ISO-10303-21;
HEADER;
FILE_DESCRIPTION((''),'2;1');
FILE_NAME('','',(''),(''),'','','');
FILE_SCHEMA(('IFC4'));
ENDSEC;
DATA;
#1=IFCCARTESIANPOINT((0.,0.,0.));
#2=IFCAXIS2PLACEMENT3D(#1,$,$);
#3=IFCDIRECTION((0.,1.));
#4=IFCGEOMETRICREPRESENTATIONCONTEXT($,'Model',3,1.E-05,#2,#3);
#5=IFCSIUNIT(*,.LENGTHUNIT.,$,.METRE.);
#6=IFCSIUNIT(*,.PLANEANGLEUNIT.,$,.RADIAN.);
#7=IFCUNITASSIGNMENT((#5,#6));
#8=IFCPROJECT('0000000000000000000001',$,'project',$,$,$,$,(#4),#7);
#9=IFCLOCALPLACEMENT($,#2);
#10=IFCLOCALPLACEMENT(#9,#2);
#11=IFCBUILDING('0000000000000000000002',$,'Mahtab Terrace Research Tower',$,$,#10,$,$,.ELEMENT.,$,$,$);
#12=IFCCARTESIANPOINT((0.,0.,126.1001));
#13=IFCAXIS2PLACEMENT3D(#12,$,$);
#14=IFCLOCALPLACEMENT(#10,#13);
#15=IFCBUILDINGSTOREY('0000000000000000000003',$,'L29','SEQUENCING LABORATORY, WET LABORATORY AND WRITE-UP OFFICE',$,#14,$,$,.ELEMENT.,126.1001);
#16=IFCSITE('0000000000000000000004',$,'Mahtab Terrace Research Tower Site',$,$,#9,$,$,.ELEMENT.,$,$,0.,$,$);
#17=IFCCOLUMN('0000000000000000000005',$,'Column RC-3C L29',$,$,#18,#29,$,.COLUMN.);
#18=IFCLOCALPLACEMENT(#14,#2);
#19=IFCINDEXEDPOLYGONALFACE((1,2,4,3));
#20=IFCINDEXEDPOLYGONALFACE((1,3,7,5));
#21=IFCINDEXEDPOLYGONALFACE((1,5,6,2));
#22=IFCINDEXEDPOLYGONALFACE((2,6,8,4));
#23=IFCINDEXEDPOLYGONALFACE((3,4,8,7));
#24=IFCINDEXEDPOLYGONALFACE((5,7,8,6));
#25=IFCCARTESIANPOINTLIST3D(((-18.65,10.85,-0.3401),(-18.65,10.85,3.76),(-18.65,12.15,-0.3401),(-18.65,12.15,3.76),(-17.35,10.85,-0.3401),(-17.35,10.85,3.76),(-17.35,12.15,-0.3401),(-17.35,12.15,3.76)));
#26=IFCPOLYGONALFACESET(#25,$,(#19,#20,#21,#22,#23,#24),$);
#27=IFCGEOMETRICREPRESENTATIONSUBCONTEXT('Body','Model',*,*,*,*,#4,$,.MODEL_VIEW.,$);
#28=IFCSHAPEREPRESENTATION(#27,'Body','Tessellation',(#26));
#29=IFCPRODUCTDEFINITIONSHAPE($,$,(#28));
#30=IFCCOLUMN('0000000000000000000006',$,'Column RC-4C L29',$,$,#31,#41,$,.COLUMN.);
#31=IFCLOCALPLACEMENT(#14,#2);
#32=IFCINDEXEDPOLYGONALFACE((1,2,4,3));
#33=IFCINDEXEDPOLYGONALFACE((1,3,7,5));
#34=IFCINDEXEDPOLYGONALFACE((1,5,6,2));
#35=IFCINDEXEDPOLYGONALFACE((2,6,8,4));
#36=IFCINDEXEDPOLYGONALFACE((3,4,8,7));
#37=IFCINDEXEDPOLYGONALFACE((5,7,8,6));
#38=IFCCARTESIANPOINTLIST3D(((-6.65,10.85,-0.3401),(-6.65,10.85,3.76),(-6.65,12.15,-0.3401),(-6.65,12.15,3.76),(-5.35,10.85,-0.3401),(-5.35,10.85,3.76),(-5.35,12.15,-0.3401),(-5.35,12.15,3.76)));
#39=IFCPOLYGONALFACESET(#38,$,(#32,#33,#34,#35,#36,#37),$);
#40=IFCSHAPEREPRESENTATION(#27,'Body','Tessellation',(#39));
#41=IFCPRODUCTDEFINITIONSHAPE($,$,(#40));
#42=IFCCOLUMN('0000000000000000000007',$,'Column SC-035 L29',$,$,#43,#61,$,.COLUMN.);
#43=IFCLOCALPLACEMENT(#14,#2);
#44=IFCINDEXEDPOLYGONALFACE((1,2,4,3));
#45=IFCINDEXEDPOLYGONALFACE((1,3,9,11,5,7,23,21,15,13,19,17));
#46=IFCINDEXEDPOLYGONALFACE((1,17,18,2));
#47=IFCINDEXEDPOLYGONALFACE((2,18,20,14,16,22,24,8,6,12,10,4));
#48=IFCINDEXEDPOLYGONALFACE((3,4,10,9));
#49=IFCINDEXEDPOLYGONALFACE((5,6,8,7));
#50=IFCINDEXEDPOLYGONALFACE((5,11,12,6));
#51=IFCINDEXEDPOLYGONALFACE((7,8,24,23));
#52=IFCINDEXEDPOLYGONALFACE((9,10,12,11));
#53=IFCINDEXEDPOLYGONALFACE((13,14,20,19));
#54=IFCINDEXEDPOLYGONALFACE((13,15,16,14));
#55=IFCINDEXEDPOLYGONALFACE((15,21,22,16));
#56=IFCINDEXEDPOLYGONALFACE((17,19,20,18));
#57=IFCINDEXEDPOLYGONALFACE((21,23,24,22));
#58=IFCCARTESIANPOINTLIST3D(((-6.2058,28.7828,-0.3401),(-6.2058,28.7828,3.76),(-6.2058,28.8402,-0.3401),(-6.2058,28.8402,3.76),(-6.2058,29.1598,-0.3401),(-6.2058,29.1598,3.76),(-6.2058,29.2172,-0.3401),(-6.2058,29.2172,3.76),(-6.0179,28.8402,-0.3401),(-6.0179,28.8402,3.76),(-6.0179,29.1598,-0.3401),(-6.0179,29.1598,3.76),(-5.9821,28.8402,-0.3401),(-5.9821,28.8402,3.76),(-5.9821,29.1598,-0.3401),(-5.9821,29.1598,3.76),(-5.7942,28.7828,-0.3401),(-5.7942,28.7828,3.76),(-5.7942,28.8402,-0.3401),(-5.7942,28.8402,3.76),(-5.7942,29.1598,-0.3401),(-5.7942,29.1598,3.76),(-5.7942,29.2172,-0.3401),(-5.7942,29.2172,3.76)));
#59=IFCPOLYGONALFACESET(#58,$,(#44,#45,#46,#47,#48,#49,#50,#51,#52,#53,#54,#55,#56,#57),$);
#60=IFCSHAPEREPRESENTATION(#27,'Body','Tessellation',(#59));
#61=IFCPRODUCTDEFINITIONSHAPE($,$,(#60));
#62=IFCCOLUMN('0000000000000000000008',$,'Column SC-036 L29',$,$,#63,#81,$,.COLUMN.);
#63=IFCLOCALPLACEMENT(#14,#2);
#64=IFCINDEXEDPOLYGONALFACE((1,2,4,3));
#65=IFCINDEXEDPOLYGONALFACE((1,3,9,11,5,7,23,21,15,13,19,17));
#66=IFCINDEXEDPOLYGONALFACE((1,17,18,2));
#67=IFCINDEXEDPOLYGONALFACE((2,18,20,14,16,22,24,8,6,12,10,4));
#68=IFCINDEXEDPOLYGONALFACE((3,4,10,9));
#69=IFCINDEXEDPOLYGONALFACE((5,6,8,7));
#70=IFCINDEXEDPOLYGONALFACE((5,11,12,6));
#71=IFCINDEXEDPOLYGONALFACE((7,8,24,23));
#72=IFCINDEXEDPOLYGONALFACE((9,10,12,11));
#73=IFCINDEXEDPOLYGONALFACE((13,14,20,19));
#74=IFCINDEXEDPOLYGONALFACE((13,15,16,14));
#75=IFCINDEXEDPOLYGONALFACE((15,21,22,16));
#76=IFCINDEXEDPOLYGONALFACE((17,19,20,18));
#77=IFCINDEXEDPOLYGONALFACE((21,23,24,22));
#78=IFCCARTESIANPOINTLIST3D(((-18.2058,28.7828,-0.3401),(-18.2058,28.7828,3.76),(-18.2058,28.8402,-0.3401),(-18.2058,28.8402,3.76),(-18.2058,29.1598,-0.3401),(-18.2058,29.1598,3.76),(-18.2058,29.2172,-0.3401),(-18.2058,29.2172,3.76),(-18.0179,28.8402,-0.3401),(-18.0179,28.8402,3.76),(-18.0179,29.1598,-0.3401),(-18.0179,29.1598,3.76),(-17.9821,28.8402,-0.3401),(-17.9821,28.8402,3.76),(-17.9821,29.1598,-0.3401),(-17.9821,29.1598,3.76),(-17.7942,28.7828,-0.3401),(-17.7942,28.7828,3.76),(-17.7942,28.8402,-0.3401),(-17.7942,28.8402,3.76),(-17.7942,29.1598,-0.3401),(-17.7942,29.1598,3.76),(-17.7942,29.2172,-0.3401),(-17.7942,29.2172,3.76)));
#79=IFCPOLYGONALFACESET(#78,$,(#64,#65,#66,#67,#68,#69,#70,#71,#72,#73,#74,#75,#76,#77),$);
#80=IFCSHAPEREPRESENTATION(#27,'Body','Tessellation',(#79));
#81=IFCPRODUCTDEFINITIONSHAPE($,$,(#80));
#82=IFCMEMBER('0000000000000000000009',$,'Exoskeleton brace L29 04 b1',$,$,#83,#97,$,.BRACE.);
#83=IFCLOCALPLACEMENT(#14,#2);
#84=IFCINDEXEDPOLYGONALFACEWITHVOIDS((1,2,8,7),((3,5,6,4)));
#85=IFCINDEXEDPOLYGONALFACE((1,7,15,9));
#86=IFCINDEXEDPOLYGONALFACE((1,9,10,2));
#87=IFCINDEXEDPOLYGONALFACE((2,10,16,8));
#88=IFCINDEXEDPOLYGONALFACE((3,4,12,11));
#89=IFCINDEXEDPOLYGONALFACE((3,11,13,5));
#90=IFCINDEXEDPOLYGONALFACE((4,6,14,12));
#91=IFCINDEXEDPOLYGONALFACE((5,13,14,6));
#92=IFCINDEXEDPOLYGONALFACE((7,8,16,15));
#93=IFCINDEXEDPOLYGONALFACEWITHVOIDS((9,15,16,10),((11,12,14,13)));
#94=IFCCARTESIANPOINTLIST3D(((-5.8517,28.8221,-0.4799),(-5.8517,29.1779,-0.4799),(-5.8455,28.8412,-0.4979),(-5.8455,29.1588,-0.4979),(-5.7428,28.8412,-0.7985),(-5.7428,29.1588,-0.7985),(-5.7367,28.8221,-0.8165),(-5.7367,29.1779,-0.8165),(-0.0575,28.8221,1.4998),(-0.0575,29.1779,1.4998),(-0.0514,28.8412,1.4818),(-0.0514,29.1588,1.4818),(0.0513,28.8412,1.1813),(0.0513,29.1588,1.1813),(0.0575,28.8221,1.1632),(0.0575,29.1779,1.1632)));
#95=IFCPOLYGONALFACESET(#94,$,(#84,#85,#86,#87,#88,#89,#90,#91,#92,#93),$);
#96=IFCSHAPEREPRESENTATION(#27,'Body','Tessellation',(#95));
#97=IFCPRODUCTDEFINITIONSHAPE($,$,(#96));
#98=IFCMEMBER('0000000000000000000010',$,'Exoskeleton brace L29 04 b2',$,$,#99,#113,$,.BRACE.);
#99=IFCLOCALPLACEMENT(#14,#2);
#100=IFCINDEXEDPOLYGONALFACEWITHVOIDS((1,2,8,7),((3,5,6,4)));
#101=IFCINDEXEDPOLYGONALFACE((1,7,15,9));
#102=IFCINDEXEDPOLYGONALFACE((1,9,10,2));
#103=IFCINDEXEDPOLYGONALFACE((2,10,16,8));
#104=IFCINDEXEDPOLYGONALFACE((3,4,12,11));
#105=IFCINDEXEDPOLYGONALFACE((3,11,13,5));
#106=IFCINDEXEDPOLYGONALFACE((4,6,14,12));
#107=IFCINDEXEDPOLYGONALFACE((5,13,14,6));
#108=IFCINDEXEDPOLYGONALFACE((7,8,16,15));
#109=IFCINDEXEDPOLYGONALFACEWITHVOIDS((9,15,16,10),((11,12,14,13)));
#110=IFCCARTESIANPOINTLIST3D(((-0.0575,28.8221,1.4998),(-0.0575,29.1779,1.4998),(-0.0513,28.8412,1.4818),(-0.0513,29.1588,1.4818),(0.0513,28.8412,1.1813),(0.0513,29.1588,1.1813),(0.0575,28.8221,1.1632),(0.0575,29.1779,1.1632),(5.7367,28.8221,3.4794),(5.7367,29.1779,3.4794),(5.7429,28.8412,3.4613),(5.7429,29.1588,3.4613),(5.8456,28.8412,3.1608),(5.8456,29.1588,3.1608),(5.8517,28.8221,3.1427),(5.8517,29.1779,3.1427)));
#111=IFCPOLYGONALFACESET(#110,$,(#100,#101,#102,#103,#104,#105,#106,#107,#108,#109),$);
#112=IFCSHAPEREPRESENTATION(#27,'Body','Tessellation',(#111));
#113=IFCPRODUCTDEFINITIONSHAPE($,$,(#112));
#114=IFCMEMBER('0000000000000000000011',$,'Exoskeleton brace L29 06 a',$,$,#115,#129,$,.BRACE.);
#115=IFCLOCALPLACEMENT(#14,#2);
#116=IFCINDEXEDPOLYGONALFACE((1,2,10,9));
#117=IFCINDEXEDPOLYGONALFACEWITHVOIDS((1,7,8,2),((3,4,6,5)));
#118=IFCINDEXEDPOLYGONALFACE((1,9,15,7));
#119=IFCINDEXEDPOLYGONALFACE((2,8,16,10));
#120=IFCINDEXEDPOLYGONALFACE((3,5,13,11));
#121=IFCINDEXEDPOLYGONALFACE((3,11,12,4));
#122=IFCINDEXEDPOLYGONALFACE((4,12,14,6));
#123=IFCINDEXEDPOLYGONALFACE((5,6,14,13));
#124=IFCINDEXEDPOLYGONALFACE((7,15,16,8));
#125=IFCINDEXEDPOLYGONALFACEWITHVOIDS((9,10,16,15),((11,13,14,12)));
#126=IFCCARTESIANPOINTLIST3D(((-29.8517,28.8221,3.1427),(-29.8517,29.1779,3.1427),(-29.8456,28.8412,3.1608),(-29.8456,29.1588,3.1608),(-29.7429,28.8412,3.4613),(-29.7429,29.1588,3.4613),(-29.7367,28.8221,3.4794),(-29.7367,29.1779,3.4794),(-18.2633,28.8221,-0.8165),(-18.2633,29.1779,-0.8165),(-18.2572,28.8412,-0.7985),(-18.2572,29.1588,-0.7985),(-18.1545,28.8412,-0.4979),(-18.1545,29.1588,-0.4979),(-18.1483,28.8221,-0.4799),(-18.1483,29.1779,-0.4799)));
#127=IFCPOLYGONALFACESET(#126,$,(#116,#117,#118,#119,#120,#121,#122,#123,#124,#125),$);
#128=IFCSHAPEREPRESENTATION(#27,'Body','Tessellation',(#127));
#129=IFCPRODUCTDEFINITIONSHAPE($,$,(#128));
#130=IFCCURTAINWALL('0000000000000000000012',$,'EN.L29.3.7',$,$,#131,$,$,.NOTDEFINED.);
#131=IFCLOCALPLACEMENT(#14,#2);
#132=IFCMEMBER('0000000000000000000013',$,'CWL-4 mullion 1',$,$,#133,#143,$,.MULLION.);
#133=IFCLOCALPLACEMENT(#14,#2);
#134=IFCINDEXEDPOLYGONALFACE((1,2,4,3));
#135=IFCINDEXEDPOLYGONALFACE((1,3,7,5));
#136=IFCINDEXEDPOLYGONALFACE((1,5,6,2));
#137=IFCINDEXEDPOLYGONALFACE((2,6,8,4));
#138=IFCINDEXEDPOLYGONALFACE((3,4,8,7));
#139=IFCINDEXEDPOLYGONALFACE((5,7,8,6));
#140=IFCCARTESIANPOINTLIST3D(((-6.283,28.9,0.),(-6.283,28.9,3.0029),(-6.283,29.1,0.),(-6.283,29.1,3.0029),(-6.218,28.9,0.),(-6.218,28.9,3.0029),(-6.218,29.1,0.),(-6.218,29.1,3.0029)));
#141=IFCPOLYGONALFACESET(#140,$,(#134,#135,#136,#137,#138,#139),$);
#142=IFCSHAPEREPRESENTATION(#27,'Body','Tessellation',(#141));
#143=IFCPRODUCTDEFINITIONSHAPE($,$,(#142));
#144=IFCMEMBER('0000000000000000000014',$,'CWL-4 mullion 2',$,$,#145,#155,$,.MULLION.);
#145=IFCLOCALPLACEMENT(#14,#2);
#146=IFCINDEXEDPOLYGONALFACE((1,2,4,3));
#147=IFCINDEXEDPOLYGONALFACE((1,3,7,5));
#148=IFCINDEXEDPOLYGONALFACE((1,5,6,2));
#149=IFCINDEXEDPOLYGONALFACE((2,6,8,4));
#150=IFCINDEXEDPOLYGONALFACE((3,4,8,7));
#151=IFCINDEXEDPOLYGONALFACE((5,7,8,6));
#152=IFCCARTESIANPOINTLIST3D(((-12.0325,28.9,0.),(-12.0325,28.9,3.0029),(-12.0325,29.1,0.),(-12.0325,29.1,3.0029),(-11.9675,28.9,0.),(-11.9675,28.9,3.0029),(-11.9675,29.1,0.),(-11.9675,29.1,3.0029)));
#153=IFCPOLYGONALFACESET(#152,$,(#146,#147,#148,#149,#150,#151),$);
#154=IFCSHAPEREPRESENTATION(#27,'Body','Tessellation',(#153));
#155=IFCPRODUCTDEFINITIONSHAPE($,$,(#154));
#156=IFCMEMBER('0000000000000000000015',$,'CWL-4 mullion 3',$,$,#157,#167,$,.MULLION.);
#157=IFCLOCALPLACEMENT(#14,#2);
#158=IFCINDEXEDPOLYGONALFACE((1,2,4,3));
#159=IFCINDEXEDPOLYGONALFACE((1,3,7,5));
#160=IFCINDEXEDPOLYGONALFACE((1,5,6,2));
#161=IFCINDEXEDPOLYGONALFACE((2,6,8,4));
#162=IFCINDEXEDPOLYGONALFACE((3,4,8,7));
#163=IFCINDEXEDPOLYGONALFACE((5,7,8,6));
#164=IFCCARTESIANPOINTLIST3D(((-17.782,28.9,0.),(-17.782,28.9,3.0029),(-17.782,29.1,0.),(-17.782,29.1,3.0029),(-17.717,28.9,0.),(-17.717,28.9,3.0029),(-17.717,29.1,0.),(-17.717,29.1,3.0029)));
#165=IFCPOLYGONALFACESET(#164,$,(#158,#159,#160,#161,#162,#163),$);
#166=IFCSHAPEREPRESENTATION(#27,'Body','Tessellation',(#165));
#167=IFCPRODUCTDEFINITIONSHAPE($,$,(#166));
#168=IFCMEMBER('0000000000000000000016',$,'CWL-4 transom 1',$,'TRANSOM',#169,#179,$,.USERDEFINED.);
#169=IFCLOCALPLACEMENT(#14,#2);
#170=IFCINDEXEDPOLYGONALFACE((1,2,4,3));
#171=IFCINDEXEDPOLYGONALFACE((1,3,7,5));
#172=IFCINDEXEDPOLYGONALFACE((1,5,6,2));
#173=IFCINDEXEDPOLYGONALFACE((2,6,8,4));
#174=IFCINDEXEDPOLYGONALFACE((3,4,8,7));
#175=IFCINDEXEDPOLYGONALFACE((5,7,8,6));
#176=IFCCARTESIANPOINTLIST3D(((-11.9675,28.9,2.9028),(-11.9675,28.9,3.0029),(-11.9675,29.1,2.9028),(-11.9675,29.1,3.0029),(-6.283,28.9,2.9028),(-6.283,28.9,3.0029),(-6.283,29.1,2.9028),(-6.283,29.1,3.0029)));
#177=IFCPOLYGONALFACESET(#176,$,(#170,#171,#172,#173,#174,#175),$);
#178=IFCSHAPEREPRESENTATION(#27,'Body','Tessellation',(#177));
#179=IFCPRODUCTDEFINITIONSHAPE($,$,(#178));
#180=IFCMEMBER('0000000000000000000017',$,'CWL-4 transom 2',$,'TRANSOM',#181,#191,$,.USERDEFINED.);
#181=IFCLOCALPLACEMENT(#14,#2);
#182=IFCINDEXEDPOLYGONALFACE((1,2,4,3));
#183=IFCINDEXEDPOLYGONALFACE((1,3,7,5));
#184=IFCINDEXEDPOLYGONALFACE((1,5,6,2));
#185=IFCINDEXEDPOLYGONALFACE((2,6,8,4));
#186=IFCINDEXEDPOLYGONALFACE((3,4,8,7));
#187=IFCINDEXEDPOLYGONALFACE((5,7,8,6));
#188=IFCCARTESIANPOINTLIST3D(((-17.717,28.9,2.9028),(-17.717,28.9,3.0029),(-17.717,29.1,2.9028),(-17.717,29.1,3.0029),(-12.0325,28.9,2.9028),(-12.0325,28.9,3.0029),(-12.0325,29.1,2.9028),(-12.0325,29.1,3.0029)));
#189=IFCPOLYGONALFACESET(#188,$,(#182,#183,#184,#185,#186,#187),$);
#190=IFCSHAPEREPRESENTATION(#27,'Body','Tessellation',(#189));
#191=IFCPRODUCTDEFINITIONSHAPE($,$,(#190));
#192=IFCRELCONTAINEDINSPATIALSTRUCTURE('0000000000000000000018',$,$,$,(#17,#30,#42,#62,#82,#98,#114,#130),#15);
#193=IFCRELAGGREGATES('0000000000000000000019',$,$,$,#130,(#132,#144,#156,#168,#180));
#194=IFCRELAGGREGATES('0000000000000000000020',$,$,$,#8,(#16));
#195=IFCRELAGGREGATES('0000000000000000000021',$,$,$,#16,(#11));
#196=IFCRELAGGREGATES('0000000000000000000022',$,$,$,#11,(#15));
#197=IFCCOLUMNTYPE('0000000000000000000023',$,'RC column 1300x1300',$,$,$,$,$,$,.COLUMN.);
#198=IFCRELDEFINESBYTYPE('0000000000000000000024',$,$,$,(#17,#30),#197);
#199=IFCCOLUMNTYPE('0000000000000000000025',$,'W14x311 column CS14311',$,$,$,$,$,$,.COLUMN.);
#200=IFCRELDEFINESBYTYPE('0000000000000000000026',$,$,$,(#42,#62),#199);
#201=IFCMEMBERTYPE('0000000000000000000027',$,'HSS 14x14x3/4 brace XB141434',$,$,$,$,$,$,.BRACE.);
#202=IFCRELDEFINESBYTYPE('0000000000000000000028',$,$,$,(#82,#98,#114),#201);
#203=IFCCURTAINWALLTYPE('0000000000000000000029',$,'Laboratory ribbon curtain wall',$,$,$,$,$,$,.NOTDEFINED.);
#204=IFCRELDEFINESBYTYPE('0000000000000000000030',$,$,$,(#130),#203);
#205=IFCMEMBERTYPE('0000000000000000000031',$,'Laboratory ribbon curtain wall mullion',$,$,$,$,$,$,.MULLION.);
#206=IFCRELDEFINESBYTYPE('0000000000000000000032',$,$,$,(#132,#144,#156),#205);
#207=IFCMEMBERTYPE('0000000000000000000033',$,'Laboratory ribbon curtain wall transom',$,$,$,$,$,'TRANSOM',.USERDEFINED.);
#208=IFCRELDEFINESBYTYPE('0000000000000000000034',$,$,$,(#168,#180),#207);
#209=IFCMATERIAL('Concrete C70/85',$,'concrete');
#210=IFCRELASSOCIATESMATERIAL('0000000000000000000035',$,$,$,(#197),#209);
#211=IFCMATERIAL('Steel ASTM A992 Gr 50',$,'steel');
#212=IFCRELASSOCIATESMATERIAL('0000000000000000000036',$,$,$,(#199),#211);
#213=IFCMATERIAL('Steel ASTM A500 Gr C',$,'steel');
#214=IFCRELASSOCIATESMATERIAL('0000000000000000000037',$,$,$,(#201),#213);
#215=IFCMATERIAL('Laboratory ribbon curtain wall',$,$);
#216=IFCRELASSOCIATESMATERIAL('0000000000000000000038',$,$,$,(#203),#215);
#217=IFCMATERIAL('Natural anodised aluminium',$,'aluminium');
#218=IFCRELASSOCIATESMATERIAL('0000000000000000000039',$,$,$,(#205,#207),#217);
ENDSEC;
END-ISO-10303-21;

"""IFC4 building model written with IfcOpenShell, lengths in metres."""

from ifc_helpers import new_model, si_unit, direction, frame, origin, origin_2d, place, context, subcontext, project, spatial, rectangle, hollow_rectangle, i_section, extrude, material, material_profile, profile_set, type_object, element, aggregate, save


model = new_model("IFC4")

# Units and contexts
model_context = context("Model", 3, precision=1e-05, world=origin(), true_north=direction((0.0, 1.0)))
body_context = subcontext(model_context, "Body", "Model", "MODEL_VIEW")
ifc_project = project(units=[si_unit("LENGTHUNIT", "METRE"), si_unit("PLANEANGLEUNIT", "RADIAN")], contexts=[model_context])

# Site, building, storey
site_placement = place(None, origin())
site = spatial("IfcSite", under=ifc_project, at=site_placement, Name="Mahtab Terrace Research Tower Site", CompositionType="ELEMENT", RefElevation=0.0)
building_placement = place(site_placement, origin())
building = spatial("IfcBuilding", under=site, at=building_placement, Name="Mahtab Terrace Research Tower", CompositionType="ELEMENT")
storey_placement = place(building_placement, frame((0.0, 0.0, 126.1001)))
storey = spatial("IfcBuildingStorey", under=building, at=storey_placement, Name="L29", Description="SEQUENCING LABORATORY, WET LABORATORY AND WRITE-UP OFFICE", CompositionType="ELEMENT", Elevation=126.1001)

# Columns
ifc_material_1 = material(Name="Concrete C70/85", Category="concrete")
ifc_material_profile_1 = material_profile(ifc_material_1, rectangle(XDim=1.3, YDim=1.3, at=origin_2d()), Name="RC column 1300x1300")
ifc_profile_set_1 = profile_set([ifc_material_profile_1], Name="Concrete C70/85")
column_type_1 = type_object("IfcColumnType", Name="RC column 1300x1300", PredefinedType="COLUMN", material=ifc_profile_set_1)
for number, where, z_axis, x_axis, name in (
    (1, (-18.0, 11.5, -0.3401), (0.0, 0.0, 1.0), (1.0, 0.0, 0.0), "Column RC-3C L29"),
    (2, (-6.0, 11.5, -0.3401), (0.0, 0.0, 1.0), (1.0, 0.0, 0.0), "Column RC-4C L29"),
):
    element("IfcColumn", number, at=place(storey_placement, frame(where, z_axis=z_axis, x_axis=x_axis)), inside=storey, type_object=column_type_1, Name=name, PredefinedType="COLUMN", context=body_context, shape_type="SweptSolid", body=[
        extrude(rectangle(XDim=1.3, YDim=1.3, at=origin_2d()), origin(), (0.0, 0.0, 1.0), 4.1001),
    ])
ifc_material_2 = material(Name="Steel ASTM A992 Gr 50", Category="steel")
ifc_material_profile_2 = material_profile(ifc_material_2, i_section(OverallWidth=0.4116, OverallDepth=0.4343, WebThickness=0.0359, FlangeThickness=0.0574, at=origin_2d()), Name="W14X311")
ifc_profile_set_2 = profile_set([ifc_material_profile_2], Name="Steel ASTM A992 Gr 50")
column_type_2 = type_object("IfcColumnType", Name="W14x311 column CS14311", PredefinedType="COLUMN", material=ifc_profile_set_2)
for number, where, z_axis, x_axis, name in (
    (3, (-6.0, 29.0, -0.3401), (0.0, 0.0, 1.0), (1.0, 0.0, 0.0), "Column SC-035 L29"),
    (4, (-18.0, 29.0, -0.3401), (0.0, 0.0, 1.0), (1.0, 0.0, 0.0), "Column SC-036 L29"),
):
    element("IfcColumn", number, at=place(storey_placement, frame(where, z_axis=z_axis, x_axis=x_axis)), inside=storey, type_object=column_type_2, Name=name, PredefinedType="COLUMN", context=body_context, shape_type="SweptSolid", body=[
        extrude(i_section(OverallWidth=0.4116, OverallDepth=0.4343, WebThickness=0.0359, FlangeThickness=0.0574, at=origin_2d()), origin(), (0.0, 0.0, 1.0), 4.1001),
    ])

# Members
ifc_material_3 = material(Name="Steel ASTM A500 Gr C", Category="steel")
ifc_material_profile_3 = material_profile(ifc_material_3, hollow_rectangle(XDim=0.3557, YDim=0.3557, WallThickness=0.019, at=origin_2d()), Name="HSS14X14X3/4")
ifc_profile_set_3 = profile_set([ifc_material_profile_3], Name="Steel ASTM A500 Gr C")
member_type_1 = type_object("IfcMemberType", Name="HSS 14x14x3/4 brace XB141434", PredefinedType="BRACE", material=ifc_profile_set_3)
for number, where, z_axis, x_axis, name in (
    (5, (-5.7942, 29.0, -0.6482), (0.946288, 0.0, 0.323324), (0.0, 1.0, 0.0), "Exoskeleton brace L29 04 b1"),
    (6, (0.0, 29.0, 1.3315), (0.9463, 0.0, 0.323288), (0.0, 1.0, 0.0), "Exoskeleton brace L29 04 b2"),
):
    element("IfcMember", number, at=place(storey_placement, frame(where, z_axis=z_axis, x_axis=x_axis)), inside=storey, type_object=member_type_1, Name=name, PredefinedType="BRACE", context=body_context, shape_type="SweptSolid", body=[
        extrude(hollow_rectangle(XDim=0.3557, YDim=0.3557, WallThickness=0.019, at=origin_2d()), origin(), (0.0, 0.0, 1.0), 6.123),
    ])
member_1_placement = place(storey_placement, frame((-18.2058, 29.0, -0.6482), z_axis=(-0.946294, 0.0, 0.323306), x_axis=(0.0, -1.0, 0.0)))
element("IfcMember", 7, at=member_1_placement, inside=storey, type_object=member_type_1, Name="Exoskeleton brace L29 06 a", PredefinedType="BRACE", context=body_context, shape_type="SweptSolid", body=[
    extrude(hollow_rectangle(XDim=0.3557, YDim=0.3557, WallThickness=0.019, at=origin_2d()), origin(), (0.0, 0.0, 1.0), 12.2461),
])

# Curtain wall, members
ifc_material_4 = material(Name="Laboratory ribbon curtain wall")
curtain_wall_type = type_object("IfcCurtainWallType", Name="Laboratory ribbon curtain wall", PredefinedType="NOTDEFINED", material=ifc_material_4)
curtain_wall_placement = place(storey_placement, origin())
curtain_wall = element("IfcCurtainWall", 8, at=curtain_wall_placement, inside=storey, type_object=curtain_wall_type, Name="EN.L29.3.7", PredefinedType="NOTDEFINED")
ifc_material_5 = material(Name="Natural anodised aluminium", Category="aluminium")
ifc_material_profile_4 = material_profile(ifc_material_5, rectangle(XDim=0.2, YDim=0.0649, at=origin_2d()), Name="MULLION 65x200")
ifc_profile_set_4 = profile_set([ifc_material_profile_4], Name="Natural anodised aluminium")
member_type_2 = type_object("IfcMemberType", Name="Laboratory ribbon curtain wall mullion", PredefinedType="MULLION", material=ifc_profile_set_4)
member_2_placement = place(storey_placement, frame((-6.2505, 29.0, 0.0), z_axis=(0.0, 0.0, 1.0), x_axis=(0.0, -1.0, 0.0)))
member_2 = element("IfcMember", 9, at=member_2_placement, type_object=member_type_2, Name="CWL-4 mullion 1", PredefinedType="MULLION", context=body_context, shape_type="SweptSolid", body=[
    extrude(rectangle(XDim=0.2, YDim=0.0649, at=origin_2d()), origin(), (0.0, 0.0, 1.0), 3.0029),
])
member_3_placement = place(storey_placement, frame((-12.0, 29.0, 0.0), z_axis=(0.0, 0.0, 1.0), x_axis=(0.0, -1.0, 0.0)))
member_3 = element("IfcMember", 10, at=member_3_placement, type_object=member_type_2, Name="CWL-4 mullion 2", PredefinedType="MULLION", context=body_context, shape_type="SweptSolid", body=[
    extrude(rectangle(XDim=0.2, YDim=0.0649, at=origin_2d()), origin(), (0.0, 0.0, 1.0), 3.0029),
])
member_4_placement = place(storey_placement, frame((-17.7495, 29.0, 0.0), z_axis=(0.0, 0.0, 1.0), x_axis=(0.0, -1.0, 0.0)))
member_4 = element("IfcMember", 11, at=member_4_placement, type_object=member_type_2, Name="CWL-4 mullion 3", PredefinedType="MULLION", context=body_context, shape_type="SweptSolid", body=[
    extrude(rectangle(XDim=0.2, YDim=0.0649, at=origin_2d()), origin(), (0.0, 0.0, 1.0), 3.0029),
])
ifc_material_profile_5 = material_profile(ifc_material_5, rectangle(XDim=0.2, YDim=0.1001, at=origin_2d()), Name="TRANSOM 100x200")
ifc_profile_set_5 = profile_set([ifc_material_profile_5], Name="Natural anodised aluminium")
member_type_3 = type_object("IfcMemberType", Name="Laboratory ribbon curtain wall transom", ElementType="TRANSOM", PredefinedType="USERDEFINED", material=ifc_profile_set_5)
member_5_placement = place(storey_placement, frame((-6.283, 29.0, 2.9529), z_axis=(-1.0, 0.0, 0.0), x_axis=(0.0, -1.0, 0.0)))
member_5 = element("IfcMember", 12, at=member_5_placement, type_object=member_type_3, Name="CWL-4 transom 1", ObjectType="TRANSOM", PredefinedType="USERDEFINED", context=body_context, shape_type="SweptSolid", body=[
    extrude(rectangle(XDim=0.2, YDim=0.1001, at=origin_2d()), origin(), (0.0, 0.0, 1.0), 5.6846),
])
member_6_placement = place(storey_placement, frame((-12.0325, 29.0, 2.9529), z_axis=(-1.0, 0.0, 0.0), x_axis=(0.0, -1.0, 0.0)))
member_6 = element("IfcMember", 13, at=member_6_placement, type_object=member_type_3, Name="CWL-4 transom 2", ObjectType="TRANSOM", PredefinedType="USERDEFINED", context=body_context, shape_type="SweptSolid", body=[
    extrude(rectangle(XDim=0.2, YDim=0.1001, at=origin_2d()), origin(), (0.0, 0.0, 1.0), 5.6846),
])

aggregate(curtain_wall, [member_2, member_3, member_4, member_5, member_6])

save(model, "model.ifc")
